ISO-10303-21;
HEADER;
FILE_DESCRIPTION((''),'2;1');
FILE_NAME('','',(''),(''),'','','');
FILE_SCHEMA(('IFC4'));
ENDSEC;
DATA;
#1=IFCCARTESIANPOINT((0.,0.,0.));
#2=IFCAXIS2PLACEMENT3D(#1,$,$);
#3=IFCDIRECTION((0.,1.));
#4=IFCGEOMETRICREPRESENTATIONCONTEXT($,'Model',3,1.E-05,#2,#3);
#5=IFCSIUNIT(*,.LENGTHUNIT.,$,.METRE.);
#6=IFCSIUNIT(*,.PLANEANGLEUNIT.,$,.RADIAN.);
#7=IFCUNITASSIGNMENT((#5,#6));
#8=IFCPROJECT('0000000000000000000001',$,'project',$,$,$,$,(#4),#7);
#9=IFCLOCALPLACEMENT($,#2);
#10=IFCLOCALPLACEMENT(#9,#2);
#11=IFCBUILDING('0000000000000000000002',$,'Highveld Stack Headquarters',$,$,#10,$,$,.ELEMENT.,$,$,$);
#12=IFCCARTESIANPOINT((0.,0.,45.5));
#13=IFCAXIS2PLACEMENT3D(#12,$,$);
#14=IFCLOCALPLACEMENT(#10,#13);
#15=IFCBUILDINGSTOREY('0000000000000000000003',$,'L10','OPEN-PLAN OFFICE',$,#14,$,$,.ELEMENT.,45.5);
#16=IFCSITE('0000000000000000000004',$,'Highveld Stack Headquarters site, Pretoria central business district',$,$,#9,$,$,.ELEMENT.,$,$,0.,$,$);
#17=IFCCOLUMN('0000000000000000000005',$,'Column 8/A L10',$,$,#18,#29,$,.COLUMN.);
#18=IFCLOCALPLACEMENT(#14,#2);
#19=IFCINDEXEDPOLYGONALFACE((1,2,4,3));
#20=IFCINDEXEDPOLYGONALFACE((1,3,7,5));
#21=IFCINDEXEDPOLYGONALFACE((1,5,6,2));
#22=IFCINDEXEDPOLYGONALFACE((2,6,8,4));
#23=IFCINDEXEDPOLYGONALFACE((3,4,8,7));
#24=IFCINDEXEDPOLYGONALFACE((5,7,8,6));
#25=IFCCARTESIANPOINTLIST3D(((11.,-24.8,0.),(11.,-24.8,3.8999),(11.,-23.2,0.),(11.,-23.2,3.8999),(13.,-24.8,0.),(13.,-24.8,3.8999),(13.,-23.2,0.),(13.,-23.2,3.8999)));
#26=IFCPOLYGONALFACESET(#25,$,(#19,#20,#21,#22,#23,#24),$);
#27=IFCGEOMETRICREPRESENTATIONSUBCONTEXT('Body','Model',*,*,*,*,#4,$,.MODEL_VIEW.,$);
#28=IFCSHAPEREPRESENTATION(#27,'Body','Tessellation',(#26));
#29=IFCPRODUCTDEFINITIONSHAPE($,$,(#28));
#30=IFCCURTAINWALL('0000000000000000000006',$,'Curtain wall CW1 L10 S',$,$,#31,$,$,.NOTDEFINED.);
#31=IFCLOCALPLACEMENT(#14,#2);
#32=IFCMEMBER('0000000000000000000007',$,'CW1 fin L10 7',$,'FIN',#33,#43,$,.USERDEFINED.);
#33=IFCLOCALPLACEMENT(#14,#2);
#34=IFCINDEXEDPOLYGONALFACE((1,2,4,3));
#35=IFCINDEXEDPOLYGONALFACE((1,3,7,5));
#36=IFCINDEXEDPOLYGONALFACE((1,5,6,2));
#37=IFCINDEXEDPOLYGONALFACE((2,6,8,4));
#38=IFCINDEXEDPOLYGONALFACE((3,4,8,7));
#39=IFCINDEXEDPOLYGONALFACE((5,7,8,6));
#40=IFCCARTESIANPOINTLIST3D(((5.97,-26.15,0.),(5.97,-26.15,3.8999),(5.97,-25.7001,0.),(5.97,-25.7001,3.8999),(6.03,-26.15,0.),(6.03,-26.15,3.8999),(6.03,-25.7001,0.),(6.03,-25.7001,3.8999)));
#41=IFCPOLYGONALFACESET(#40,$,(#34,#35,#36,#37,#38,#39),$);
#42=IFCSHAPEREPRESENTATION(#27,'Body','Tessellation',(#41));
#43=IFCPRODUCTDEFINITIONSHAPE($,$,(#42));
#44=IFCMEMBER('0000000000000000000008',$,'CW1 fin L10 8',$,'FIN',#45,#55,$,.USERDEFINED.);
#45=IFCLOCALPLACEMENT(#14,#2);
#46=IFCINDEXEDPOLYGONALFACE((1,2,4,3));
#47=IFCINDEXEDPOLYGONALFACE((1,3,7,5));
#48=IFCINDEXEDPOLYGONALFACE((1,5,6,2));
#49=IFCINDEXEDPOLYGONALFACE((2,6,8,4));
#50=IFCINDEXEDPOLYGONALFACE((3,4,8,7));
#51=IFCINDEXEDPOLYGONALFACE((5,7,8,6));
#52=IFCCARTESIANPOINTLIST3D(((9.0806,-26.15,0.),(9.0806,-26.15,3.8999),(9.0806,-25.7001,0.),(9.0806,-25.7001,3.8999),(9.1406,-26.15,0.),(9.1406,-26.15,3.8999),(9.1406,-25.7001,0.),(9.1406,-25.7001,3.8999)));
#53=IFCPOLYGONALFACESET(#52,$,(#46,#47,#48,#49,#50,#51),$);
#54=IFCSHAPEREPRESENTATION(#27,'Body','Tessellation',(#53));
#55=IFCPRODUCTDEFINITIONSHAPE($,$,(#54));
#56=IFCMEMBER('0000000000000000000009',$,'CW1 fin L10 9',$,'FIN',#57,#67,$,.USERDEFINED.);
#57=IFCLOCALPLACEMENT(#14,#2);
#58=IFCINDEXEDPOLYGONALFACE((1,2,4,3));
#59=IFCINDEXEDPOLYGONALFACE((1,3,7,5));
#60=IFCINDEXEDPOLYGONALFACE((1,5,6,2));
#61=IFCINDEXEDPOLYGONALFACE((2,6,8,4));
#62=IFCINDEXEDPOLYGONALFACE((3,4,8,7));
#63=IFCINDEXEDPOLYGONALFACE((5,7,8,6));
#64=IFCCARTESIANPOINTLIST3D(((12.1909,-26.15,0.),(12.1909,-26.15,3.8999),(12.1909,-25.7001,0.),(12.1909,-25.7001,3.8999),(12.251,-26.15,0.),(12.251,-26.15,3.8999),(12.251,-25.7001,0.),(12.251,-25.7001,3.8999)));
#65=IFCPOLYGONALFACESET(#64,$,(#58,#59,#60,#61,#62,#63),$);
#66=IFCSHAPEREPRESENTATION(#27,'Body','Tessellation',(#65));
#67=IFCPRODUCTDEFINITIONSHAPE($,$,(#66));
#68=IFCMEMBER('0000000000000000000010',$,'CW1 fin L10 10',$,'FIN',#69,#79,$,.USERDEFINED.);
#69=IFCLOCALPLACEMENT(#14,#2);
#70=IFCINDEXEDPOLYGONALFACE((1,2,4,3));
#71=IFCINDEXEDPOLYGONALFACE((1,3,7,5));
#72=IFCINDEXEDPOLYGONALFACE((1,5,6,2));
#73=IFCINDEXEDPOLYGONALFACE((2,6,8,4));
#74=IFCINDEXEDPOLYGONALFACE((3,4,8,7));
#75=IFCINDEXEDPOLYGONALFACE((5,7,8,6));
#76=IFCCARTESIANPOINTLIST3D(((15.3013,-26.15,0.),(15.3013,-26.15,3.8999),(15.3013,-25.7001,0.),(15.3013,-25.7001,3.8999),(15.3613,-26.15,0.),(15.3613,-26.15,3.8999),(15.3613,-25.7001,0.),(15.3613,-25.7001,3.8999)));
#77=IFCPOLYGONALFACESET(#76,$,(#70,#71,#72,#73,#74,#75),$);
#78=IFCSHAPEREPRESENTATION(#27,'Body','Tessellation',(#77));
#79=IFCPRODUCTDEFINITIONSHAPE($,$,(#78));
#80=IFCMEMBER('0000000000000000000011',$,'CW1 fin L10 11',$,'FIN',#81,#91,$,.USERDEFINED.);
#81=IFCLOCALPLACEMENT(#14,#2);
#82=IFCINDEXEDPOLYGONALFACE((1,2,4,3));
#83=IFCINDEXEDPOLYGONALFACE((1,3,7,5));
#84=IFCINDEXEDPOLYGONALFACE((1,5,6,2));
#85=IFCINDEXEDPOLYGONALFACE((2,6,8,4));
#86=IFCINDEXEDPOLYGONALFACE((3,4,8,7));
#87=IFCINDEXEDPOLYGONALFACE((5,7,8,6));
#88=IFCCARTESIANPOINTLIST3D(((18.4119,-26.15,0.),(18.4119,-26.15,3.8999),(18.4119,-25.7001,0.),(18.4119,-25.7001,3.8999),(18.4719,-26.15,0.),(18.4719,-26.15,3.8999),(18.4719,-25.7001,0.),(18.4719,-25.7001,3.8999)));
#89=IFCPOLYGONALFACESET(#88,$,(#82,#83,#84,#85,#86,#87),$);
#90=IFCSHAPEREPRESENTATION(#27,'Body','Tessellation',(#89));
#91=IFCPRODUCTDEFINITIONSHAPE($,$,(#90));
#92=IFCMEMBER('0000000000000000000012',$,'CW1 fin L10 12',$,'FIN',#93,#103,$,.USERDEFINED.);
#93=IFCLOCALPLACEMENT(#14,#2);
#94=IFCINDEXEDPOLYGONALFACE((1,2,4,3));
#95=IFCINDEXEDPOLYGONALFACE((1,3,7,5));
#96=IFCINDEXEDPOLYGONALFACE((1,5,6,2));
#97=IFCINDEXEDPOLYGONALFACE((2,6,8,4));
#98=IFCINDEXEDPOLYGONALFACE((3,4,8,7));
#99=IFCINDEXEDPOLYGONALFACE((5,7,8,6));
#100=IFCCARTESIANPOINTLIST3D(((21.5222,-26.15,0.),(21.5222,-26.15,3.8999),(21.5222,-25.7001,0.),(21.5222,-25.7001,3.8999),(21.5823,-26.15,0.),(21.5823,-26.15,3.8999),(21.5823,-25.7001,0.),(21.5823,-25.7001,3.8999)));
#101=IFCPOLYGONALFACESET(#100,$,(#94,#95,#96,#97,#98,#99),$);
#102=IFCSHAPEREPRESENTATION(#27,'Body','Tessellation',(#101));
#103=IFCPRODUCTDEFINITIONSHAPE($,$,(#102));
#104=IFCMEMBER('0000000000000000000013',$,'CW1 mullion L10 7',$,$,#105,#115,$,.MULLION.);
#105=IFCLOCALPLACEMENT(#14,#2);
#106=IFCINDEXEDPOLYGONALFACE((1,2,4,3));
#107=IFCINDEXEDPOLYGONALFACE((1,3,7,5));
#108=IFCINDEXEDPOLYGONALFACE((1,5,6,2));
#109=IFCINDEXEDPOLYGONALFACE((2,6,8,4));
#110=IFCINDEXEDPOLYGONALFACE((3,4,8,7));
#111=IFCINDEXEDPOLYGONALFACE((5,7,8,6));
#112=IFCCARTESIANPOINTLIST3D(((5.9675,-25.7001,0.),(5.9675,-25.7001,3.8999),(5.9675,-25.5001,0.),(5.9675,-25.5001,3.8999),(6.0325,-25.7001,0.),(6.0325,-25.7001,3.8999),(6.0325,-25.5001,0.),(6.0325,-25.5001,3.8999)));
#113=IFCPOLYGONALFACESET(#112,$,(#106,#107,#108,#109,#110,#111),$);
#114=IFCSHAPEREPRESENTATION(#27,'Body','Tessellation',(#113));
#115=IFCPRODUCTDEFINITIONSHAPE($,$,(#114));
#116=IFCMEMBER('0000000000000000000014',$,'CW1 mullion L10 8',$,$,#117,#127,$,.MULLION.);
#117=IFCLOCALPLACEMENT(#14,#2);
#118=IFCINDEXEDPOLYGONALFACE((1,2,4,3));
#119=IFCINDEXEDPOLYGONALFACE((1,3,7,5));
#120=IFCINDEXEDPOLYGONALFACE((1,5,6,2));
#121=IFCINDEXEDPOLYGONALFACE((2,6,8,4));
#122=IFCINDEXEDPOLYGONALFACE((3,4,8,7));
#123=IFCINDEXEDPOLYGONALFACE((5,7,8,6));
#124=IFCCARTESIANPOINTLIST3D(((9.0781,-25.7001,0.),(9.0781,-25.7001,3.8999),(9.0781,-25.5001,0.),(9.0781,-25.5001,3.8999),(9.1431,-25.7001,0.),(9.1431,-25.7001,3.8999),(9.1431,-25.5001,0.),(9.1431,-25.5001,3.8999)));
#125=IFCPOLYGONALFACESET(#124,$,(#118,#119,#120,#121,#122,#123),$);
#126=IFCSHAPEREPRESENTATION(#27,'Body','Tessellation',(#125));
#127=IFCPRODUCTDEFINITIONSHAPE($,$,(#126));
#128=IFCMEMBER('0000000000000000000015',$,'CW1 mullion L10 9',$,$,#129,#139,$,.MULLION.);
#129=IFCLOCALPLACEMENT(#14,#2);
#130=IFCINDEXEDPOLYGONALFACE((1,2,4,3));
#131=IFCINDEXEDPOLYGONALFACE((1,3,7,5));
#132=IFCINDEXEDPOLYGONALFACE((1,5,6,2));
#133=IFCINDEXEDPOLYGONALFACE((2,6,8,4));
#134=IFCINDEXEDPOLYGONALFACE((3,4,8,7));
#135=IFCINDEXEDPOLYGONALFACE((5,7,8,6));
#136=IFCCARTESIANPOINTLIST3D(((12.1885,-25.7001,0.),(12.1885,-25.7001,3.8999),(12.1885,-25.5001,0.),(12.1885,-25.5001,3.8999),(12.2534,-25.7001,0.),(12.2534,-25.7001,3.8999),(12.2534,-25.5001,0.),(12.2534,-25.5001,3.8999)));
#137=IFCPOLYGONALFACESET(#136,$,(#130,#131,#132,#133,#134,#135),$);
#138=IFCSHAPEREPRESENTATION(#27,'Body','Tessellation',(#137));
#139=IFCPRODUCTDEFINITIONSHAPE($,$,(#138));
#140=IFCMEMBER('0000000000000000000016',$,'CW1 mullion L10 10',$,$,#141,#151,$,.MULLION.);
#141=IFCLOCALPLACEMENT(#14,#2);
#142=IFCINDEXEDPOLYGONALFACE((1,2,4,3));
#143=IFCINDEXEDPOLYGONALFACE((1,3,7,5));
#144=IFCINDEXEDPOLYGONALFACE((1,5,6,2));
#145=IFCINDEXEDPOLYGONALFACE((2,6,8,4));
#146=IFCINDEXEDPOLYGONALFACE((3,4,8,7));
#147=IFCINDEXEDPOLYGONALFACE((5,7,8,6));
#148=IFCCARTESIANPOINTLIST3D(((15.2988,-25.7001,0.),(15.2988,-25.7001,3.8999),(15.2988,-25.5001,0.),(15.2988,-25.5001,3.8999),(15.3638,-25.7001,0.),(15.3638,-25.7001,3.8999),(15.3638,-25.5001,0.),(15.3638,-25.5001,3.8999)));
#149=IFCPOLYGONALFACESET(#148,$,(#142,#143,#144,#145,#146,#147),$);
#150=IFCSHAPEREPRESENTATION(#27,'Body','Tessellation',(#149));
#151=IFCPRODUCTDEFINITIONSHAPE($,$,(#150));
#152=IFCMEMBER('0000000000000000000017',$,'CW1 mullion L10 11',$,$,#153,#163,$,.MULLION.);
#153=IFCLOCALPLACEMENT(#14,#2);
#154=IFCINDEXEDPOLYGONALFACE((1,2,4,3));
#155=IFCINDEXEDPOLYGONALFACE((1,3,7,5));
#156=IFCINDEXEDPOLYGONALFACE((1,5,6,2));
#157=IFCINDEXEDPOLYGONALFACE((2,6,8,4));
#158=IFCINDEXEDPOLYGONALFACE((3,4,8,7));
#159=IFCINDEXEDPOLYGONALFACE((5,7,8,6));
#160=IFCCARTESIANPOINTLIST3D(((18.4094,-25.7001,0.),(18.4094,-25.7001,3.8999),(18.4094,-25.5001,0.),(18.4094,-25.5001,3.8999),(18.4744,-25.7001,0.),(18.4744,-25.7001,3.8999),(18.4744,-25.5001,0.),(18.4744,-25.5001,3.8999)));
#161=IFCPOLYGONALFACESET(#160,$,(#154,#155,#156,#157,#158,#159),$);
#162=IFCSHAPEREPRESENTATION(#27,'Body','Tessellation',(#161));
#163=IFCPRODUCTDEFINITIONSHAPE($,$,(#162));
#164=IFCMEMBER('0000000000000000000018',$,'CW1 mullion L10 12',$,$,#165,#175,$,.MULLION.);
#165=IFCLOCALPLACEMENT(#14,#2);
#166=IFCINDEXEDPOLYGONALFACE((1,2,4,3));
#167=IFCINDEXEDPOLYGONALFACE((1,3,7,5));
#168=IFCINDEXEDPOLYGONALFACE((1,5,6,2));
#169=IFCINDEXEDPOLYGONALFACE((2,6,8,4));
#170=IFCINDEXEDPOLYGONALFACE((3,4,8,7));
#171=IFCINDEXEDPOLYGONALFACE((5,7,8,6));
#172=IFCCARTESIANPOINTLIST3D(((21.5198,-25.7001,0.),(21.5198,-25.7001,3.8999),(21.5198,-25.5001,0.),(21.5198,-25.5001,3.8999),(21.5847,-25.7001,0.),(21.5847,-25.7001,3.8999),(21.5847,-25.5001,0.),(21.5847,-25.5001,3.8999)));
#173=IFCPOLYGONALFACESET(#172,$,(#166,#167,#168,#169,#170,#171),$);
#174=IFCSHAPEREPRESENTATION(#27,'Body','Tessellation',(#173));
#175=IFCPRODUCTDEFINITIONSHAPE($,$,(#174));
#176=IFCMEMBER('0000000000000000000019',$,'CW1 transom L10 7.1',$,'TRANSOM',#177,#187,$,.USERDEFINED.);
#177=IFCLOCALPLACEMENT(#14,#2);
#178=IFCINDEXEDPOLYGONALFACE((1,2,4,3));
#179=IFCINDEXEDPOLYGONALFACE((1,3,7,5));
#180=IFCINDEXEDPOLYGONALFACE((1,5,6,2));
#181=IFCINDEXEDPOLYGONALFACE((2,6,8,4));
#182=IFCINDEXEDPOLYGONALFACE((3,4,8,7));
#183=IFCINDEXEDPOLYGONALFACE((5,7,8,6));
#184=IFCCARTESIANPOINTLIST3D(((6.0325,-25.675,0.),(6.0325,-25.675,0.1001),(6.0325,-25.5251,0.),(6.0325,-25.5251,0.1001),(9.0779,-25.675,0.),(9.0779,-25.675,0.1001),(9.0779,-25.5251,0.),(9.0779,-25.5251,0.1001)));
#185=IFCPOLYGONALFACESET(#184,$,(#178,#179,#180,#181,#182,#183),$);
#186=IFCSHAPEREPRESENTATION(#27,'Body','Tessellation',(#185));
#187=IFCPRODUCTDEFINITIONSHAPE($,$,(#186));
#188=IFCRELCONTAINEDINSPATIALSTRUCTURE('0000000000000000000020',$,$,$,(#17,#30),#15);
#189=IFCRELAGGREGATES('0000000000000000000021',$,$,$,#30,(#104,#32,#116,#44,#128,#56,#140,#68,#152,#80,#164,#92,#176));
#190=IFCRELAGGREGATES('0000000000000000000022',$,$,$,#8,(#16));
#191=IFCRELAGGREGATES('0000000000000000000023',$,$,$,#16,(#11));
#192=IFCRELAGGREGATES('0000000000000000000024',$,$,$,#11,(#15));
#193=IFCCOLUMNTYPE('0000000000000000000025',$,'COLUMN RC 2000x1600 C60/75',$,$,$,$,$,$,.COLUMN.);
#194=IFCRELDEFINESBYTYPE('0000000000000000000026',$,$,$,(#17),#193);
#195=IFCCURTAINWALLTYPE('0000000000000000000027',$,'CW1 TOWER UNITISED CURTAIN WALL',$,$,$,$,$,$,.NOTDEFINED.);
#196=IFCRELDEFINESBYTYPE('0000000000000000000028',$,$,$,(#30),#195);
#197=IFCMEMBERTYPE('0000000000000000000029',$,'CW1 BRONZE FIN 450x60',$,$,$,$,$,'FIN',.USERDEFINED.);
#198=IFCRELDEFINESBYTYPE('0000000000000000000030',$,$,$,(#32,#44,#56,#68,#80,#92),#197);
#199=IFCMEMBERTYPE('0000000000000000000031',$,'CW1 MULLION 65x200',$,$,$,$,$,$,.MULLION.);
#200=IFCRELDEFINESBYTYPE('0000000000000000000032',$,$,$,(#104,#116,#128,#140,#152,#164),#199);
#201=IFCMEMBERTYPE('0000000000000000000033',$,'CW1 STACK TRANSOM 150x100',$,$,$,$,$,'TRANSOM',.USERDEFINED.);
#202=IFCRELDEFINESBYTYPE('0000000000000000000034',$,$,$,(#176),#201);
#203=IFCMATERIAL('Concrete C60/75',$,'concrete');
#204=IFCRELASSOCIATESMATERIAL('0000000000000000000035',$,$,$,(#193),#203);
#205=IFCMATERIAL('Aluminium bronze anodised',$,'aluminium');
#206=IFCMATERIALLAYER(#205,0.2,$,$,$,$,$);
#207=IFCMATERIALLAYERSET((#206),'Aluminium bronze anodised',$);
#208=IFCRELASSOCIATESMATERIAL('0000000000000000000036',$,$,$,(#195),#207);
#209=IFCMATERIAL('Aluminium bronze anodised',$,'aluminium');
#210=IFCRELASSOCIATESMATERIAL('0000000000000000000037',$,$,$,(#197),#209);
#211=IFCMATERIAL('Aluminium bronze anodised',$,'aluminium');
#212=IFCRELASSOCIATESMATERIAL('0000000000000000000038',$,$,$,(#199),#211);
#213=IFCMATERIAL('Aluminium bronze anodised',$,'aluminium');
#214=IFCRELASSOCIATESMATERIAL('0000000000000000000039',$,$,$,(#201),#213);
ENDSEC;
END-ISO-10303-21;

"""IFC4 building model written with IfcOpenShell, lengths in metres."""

from ifc_helpers import new_model, si_unit, direction, frame, origin, origin_2d, place, context, subcontext, project, spatial, rectangle, extrude, material, layer, layer_set, material_profile, profile_set, type_object, element, aggregate, save


model = new_model("IFC4")

# Units and contexts
model_context = context("Model", 3, precision=1e-05, world=origin(), true_north=direction((0.0, 1.0)))
body_context = subcontext(model_context, "Body", "Model", "MODEL_VIEW")
ifc_project = project(units=[si_unit("LENGTHUNIT", "METRE"), si_unit("PLANEANGLEUNIT", "RADIAN")], contexts=[model_context])

# Site, building, storey
site_placement = place(None, origin())
site = spatial("IfcSite", under=ifc_project, at=site_placement, Name="Highveld Stack Headquarters site, Pretoria central business district", CompositionType="ELEMENT", RefElevation=0.0)
building_placement = place(site_placement, origin())
building = spatial("IfcBuilding", under=site, at=building_placement, Name="Highveld Stack Headquarters", CompositionType="ELEMENT")
storey_placement = place(building_placement, frame((0.0, 0.0, 45.5)))
storey = spatial("IfcBuildingStorey", under=building, at=storey_placement, Name="L10", Description="OPEN-PLAN OFFICE", CompositionType="ELEMENT", Elevation=45.5)

# Column
ifc_material_1 = material(Name="Concrete C60/75", Category="concrete")
ifc_material_profile_1 = material_profile(ifc_material_1, rectangle(XDim=2.0, YDim=1.6001, at=origin_2d()), Name="RC 2000x1600")
ifc_profile_set_1 = profile_set([ifc_material_profile_1], Name="Concrete C60/75")
column_type = type_object("IfcColumnType", Name="COLUMN RC 2000x1600 C60/75", PredefinedType="COLUMN", material=ifc_profile_set_1)
column_placement = place(storey_placement, frame((12.0, -24.0, 0.0), z_axis=(0.0, 0.0, 1.0), x_axis=(1.0, 0.0, 0.0)))
element("IfcColumn", 1, at=column_placement, inside=storey, type_object=column_type, Name="Column 8/A L10", PredefinedType="COLUMN", context=body_context, shape_type="SweptSolid", body=[
    extrude(rectangle(XDim=2.0, YDim=1.6001, at=origin_2d()), origin(), (0.0, 0.0, 1.0), 3.8999),
])

# Curtain wall, members
ifc_material_2 = material(Name="Aluminium bronze anodised", Category="aluminium")
ifc_layer_1 = layer(ifc_material_2, 0.2)
ifc_layer_set_1 = layer_set([ifc_layer_1], Name="Aluminium bronze anodised")
curtain_wall_type = type_object("IfcCurtainWallType", Name="CW1 TOWER UNITISED CURTAIN WALL", PredefinedType="NOTDEFINED", material=ifc_layer_set_1)
curtain_wall_placement = place(storey_placement, origin())
curtain_wall = element("IfcCurtainWall", 2, at=curtain_wall_placement, inside=storey, type_object=curtain_wall_type, Name="Curtain wall CW1 L10 S", PredefinedType="NOTDEFINED")
ifc_material_3 = material(Name="Aluminium bronze anodised", Category="aluminium")
ifc_material_profile_2 = material_profile(ifc_material_3, rectangle(XDim=0.45, YDim=0.0601, at=origin_2d()), Name="FIN 450x60")
ifc_profile_set_2 = profile_set([ifc_material_profile_2], Name="Aluminium bronze anodised")
member_type_1 = type_object("IfcMemberType", Name="CW1 BRONZE FIN 450x60", ElementType="FIN", PredefinedType="USERDEFINED", material=ifc_profile_set_2)
member_1_placement = place(storey_placement, frame((6.0, -25.925, 0.0), z_axis=(0.0, 0.0, 1.0), x_axis=(0.0, 1.0, 0.0)))
member_1 = element("IfcMember", 3, at=member_1_placement, type_object=member_type_1, Name="CW1 fin L10 7", ObjectType="FIN", PredefinedType="USERDEFINED", context=body_context, shape_type="SweptSolid", body=[
    extrude(rectangle(XDim=0.45, YDim=0.0601, at=origin_2d()), origin(), (0.0, 0.0, 1.0), 3.8999),
])
member_2_placement = place(storey_placement, frame((9.1106, -25.925, 0.0), z_axis=(0.0, 0.0, 1.0), x_axis=(0.0, 1.0, 0.0)))
member_2 = element("IfcMember", 4, at=member_2_placement, type_object=member_type_1, Name="CW1 fin L10 8", ObjectType="FIN", PredefinedType="USERDEFINED", context=body_context, shape_type="SweptSolid", body=[
    extrude(rectangle(XDim=0.45, YDim=0.0601, at=origin_2d()), origin(), (0.0, 0.0, 1.0), 3.8999),
])
member_3_placement = place(storey_placement, frame((12.2209, -25.925, 0.0), z_axis=(0.0, 0.0, 1.0), x_axis=(0.0, 1.0, 0.0)))
member_3 = element("IfcMember", 5, at=member_3_placement, type_object=member_type_1, Name="CW1 fin L10 9", ObjectType="FIN", PredefinedType="USERDEFINED", context=body_context, shape_type="SweptSolid", body=[
    extrude(rectangle(XDim=0.45, YDim=0.0601, at=origin_2d()), origin(), (0.0, 0.0, 1.0), 3.8999),
])
member_4_placement = place(storey_placement, frame((15.3313, -25.925, 0.0), z_axis=(0.0, 0.0, 1.0), x_axis=(0.0, 1.0, 0.0)))
member_4 = element("IfcMember", 6, at=member_4_placement, type_object=member_type_1, Name="CW1 fin L10 10", ObjectType="FIN", PredefinedType="USERDEFINED", context=body_context, shape_type="SweptSolid", body=[
    extrude(rectangle(XDim=0.45, YDim=0.0601, at=origin_2d()), origin(), (0.0, 0.0, 1.0), 3.8999),
])
member_5_placement = place(storey_placement, frame((18.4419, -25.925, 0.0), z_axis=(0.0, 0.0, 1.0), x_axis=(0.0, 1.0, 0.0)))
member_5 = element("IfcMember", 7, at=member_5_placement, type_object=member_type_1, Name="CW1 fin L10 11", ObjectType="FIN", PredefinedType="USERDEFINED", context=body_context, shape_type="SweptSolid", body=[
    extrude(rectangle(XDim=0.45, YDim=0.0601, at=origin_2d()), origin(), (0.0, 0.0, 1.0), 3.8999),
])
member_6_placement = place(storey_placement, frame((21.5522, -25.925, 0.0), z_axis=(0.0, 0.0, 1.0), x_axis=(0.0, 1.0, 0.0)))
member_6 = element("IfcMember", 8, at=member_6_placement, type_object=member_type_1, Name="CW1 fin L10 12", ObjectType="FIN", PredefinedType="USERDEFINED", context=body_context, shape_type="SweptSolid", body=[
    extrude(rectangle(XDim=0.45, YDim=0.0601, at=origin_2d()), origin(), (0.0, 0.0, 1.0), 3.8999),
])
ifc_material_4 = material(Name="Aluminium bronze anodised", Category="aluminium")
ifc_material_profile_3 = material_profile(ifc_material_4, rectangle(XDim=0.2, YDim=0.0649, at=origin_2d()), Name="CW1 MULLION 65x200")
ifc_profile_set_3 = profile_set([ifc_material_profile_3], Name="Aluminium bronze anodised")
member_type_2 = type_object("IfcMemberType", Name="CW1 MULLION 65x200", PredefinedType="MULLION", material=ifc_profile_set_3)
member_7_placement = place(storey_placement, frame((6.0, -25.6001, 0.0), z_axis=(0.0, 0.0, 1.0), x_axis=(0.0, 1.0, 0.0)))
member_7 = element("IfcMember", 9, at=member_7_placement, type_object=member_type_2, Name="CW1 mullion L10 7", PredefinedType="MULLION", context=body_context, shape_type="SweptSolid", body=[
    extrude(rectangle(XDim=0.2, YDim=0.0649, at=origin_2d()), origin(), (0.0, 0.0, 1.0), 3.8999),
])
member_8_placement = place(storey_placement, frame((9.1106, -25.6001, 0.0), z_axis=(0.0, 0.0, 1.0), x_axis=(0.0, 1.0, 0.0)))
member_8 = element("IfcMember", 10, at=member_8_placement, type_object=member_type_2, Name="CW1 mullion L10 8", PredefinedType="MULLION", context=body_context, shape_type="SweptSolid", body=[
    extrude(rectangle(XDim=0.2, YDim=0.0649, at=origin_2d()), origin(), (0.0, 0.0, 1.0), 3.8999),
])
member_9_placement = place(storey_placement, frame((12.2209, -25.6001, 0.0), z_axis=(0.0, 0.0, 1.0), x_axis=(0.0, 1.0, 0.0)))
member_9 = element("IfcMember", 11, at=member_9_placement, type_object=member_type_2, Name="CW1 mullion L10 9", PredefinedType="MULLION", context=body_context, shape_type="SweptSolid", body=[
    extrude(rectangle(XDim=0.2, YDim=0.0649, at=origin_2d()), origin(), (0.0, 0.0, 1.0), 3.8999),
])
member_10_placement = place(storey_placement, frame((15.3313, -25.6001, 0.0), z_axis=(0.0, 0.0, 1.0), x_axis=(0.0, 1.0, 0.0)))
member_10 = element("IfcMember", 12, at=member_10_placement, type_object=member_type_2, Name="CW1 mullion L10 10", PredefinedType="MULLION", context=body_context, shape_type="SweptSolid", body=[
    extrude(rectangle(XDim=0.2, YDim=0.0649, at=origin_2d()), origin(), (0.0, 0.0, 1.0), 3.8999),
])
member_11_placement = place(storey_placement, frame((18.4419, -25.6001, 0.0), z_axis=(0.0, 0.0, 1.0), x_axis=(0.0, 1.0, 0.0)))
member_11 = element("IfcMember", 13, at=member_11_placement, type_object=member_type_2, Name="CW1 mullion L10 11", PredefinedType="MULLION", context=body_context, shape_type="SweptSolid", body=[
    extrude(rectangle(XDim=0.2, YDim=0.0649, at=origin_2d()), origin(), (0.0, 0.0, 1.0), 3.8999),
])
member_12_placement = place(storey_placement, frame((21.5522, -25.6001, 0.0), z_axis=(0.0, 0.0, 1.0), x_axis=(0.0, 1.0, 0.0)))
member_12 = element("IfcMember", 14, at=member_12_placement, type_object=member_type_2, Name="CW1 mullion L10 12", PredefinedType="MULLION", context=body_context, shape_type="SweptSolid", body=[
    extrude(rectangle(XDim=0.2, YDim=0.0649, at=origin_2d()), origin(), (0.0, 0.0, 1.0), 3.8999),
])
ifc_material_5 = material(Name="Aluminium bronze anodised", Category="aluminium")
ifc_material_profile_4 = material_profile(ifc_material_5, rectangle(XDim=0.1499, YDim=0.1001, at=origin_2d()), Name="CW1 TRANSOM 150x100")
ifc_profile_set_4 = profile_set([ifc_material_profile_4], Name="Aluminium bronze anodised")
member_type_3 = type_object("IfcMemberType", Name="CW1 STACK TRANSOM 150x100", ElementType="TRANSOM", PredefinedType="USERDEFINED", material=ifc_profile_set_4)
member_13_placement = place(storey_placement, frame((6.0325, -25.6001, 0.05), z_axis=(1.0, 0.0, 0.0), x_axis=(0.0, 1.0, 0.0)))
member_13 = element("IfcMember", 15, at=member_13_placement, type_object=member_type_3, Name="CW1 transom L10 7.1", ObjectType="TRANSOM", PredefinedType="USERDEFINED", context=body_context, shape_type="SweptSolid", body=[
    extrude(rectangle(XDim=0.1499, YDim=0.1001, at=origin_2d()), origin(), (0.0, 0.0, 1.0), 3.0454),
])
aggregate(curtain_wall, [member_7, member_1, member_8, member_2, member_9, member_3, member_10, member_4, member_11, member_5, member_12, member_6, member_13])

save(model, "model.ifc")
